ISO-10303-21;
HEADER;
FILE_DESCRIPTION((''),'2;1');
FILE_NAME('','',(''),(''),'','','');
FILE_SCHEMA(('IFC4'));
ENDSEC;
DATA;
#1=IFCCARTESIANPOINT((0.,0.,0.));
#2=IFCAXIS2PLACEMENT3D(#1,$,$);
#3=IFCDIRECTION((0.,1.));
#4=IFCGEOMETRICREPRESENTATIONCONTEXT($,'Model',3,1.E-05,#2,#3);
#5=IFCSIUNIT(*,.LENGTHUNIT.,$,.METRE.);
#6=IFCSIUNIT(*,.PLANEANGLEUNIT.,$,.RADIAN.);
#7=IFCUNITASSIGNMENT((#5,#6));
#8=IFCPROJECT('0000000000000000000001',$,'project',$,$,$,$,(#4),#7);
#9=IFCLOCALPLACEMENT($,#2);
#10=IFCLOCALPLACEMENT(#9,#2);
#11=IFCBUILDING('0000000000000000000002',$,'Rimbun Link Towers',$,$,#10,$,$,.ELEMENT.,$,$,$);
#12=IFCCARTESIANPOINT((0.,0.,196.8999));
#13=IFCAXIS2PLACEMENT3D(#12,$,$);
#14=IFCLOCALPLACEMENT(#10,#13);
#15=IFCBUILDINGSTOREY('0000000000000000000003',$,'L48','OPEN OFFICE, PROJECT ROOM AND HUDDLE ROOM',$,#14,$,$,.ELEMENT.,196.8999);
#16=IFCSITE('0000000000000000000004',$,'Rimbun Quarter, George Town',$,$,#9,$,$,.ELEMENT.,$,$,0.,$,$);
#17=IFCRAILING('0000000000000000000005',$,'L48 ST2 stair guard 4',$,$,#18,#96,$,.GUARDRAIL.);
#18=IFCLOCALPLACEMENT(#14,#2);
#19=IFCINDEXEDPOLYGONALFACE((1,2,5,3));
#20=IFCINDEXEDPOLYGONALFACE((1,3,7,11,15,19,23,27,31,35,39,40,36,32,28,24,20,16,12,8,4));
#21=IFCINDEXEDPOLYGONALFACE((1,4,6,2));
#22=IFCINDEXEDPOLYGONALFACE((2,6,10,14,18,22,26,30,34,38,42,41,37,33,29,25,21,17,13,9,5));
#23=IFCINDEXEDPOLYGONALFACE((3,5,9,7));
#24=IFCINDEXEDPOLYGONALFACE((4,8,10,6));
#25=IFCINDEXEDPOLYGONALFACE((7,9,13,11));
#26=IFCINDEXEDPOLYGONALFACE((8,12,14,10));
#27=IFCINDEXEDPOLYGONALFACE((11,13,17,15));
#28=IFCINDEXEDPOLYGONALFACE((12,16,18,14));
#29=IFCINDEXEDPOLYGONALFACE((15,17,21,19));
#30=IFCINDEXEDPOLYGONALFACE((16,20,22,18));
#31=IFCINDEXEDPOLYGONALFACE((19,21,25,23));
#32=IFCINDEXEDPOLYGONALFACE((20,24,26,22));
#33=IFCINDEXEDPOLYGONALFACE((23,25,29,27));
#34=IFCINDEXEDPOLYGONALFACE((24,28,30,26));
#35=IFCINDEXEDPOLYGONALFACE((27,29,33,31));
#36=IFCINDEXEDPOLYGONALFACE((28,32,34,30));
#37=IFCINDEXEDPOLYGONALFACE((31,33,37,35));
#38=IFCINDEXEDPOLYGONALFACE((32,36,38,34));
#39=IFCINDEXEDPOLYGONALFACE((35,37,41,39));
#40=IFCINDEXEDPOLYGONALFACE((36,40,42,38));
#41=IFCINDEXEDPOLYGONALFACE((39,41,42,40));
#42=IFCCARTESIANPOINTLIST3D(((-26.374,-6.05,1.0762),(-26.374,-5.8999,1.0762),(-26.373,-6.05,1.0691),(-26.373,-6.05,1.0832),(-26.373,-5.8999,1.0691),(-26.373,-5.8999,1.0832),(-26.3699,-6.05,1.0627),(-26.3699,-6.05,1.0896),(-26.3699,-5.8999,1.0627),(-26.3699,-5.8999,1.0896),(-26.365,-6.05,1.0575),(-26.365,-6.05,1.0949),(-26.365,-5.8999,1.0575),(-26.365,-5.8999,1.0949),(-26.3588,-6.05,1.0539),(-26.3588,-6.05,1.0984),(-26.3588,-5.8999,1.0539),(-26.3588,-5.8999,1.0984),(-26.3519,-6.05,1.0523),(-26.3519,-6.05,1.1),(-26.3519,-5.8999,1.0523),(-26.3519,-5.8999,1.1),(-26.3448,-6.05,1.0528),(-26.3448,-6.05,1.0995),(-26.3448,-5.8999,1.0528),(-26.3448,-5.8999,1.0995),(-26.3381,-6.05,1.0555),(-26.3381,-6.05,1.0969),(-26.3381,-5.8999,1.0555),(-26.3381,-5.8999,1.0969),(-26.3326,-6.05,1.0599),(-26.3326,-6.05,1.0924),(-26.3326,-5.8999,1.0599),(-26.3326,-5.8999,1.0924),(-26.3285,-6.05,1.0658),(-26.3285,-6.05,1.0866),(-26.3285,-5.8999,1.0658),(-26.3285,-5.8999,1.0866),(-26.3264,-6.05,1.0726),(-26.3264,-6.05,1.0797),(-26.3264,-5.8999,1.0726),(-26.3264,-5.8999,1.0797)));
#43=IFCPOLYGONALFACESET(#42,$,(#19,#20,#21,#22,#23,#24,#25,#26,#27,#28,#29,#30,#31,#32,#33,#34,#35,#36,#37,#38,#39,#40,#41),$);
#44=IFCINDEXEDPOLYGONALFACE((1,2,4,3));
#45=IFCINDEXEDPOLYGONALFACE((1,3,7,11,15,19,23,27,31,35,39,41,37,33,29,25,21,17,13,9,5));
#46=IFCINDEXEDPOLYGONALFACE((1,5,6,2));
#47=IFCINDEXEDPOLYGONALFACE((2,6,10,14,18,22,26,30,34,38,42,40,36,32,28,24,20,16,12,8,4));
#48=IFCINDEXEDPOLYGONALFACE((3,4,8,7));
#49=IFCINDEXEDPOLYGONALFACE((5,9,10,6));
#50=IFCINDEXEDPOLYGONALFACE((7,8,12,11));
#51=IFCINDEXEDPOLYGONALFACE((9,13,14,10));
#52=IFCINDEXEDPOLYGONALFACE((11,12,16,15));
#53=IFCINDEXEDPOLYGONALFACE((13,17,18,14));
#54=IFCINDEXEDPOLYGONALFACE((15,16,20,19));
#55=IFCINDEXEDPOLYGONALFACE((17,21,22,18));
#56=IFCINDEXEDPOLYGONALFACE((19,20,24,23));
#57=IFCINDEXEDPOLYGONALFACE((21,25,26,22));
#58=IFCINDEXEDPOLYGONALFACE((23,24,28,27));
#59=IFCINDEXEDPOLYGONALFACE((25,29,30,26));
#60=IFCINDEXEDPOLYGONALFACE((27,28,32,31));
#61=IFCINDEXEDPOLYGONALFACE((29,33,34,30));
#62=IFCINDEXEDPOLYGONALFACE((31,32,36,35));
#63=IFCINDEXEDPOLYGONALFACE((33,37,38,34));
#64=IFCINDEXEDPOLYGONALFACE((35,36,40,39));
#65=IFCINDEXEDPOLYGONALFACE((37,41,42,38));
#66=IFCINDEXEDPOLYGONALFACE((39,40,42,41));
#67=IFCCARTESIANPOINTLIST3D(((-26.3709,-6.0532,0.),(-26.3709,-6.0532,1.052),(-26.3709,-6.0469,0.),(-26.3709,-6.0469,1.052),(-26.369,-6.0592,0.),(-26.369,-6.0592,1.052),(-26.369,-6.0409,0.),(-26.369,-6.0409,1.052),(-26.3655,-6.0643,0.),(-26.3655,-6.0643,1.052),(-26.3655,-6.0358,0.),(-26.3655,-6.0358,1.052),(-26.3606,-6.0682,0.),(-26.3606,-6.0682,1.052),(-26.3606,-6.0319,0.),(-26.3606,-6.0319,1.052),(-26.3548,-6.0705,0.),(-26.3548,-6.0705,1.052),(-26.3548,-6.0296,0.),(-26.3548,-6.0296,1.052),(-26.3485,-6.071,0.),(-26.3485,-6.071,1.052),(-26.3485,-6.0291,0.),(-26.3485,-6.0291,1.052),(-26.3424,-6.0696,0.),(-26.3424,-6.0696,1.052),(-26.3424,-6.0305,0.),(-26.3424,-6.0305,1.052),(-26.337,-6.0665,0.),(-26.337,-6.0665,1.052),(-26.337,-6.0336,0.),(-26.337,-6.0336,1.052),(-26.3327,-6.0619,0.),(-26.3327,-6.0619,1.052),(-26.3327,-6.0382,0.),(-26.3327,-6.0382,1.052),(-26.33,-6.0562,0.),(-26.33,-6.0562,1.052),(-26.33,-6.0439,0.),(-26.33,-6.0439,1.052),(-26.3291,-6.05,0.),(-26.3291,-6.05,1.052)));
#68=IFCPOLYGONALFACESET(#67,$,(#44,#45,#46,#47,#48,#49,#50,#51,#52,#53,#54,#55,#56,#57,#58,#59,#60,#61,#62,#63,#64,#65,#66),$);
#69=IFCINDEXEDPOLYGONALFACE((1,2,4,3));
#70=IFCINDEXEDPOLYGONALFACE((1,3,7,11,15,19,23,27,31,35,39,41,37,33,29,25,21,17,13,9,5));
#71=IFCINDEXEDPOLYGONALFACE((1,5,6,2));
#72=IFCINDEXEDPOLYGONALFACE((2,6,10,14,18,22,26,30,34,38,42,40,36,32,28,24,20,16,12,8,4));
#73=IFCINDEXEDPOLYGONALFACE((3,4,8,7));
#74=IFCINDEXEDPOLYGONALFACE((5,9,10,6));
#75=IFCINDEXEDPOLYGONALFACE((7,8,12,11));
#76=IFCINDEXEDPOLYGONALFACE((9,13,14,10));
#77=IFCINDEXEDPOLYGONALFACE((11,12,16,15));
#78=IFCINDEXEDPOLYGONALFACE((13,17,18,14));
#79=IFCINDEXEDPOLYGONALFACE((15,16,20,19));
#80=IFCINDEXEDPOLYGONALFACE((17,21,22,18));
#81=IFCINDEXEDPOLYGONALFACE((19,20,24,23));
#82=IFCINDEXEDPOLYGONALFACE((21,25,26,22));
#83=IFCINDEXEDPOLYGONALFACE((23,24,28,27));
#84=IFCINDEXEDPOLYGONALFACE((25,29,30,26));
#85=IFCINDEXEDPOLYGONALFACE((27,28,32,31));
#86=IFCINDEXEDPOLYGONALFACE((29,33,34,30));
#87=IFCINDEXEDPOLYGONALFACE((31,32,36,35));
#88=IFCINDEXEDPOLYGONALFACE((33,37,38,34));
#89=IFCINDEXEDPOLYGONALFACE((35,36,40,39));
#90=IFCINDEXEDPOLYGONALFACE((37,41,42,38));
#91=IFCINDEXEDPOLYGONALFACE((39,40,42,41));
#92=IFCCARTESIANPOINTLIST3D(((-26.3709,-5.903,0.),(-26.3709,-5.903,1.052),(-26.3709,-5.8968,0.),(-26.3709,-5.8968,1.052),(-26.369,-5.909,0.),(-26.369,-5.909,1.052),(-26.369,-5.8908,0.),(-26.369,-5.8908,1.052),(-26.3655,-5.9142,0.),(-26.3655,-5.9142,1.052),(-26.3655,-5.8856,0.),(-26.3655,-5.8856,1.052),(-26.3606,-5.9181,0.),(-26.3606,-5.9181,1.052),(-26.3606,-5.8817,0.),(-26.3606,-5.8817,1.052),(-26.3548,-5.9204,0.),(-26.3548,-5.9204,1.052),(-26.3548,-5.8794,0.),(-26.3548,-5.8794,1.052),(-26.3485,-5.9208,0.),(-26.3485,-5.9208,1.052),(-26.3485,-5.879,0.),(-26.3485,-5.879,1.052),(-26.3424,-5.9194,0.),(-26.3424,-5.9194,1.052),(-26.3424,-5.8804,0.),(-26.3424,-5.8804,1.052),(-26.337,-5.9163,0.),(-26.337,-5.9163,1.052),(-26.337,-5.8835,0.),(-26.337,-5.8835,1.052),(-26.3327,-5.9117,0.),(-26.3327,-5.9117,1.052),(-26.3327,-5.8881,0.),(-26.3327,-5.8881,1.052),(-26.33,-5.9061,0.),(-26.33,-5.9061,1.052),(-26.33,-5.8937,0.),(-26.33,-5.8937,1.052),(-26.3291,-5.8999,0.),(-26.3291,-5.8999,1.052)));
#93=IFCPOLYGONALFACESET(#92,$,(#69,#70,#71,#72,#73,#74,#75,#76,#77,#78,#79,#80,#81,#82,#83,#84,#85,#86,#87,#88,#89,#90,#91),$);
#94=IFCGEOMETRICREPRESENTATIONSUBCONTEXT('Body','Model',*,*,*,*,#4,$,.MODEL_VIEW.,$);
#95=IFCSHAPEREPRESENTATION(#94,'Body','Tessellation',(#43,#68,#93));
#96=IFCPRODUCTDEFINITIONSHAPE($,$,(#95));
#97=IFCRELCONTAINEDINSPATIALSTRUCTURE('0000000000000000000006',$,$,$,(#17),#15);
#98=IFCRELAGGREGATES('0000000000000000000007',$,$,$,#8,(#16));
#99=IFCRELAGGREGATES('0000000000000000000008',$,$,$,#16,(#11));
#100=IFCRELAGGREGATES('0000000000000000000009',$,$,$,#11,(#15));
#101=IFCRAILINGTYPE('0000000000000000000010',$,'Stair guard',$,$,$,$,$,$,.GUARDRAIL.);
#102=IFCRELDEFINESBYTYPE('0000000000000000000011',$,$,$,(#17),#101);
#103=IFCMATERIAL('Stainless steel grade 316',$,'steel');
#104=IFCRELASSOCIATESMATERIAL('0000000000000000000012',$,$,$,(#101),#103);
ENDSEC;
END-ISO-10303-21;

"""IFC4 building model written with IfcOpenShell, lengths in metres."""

from ifc_helpers import new_model, si_unit, direction, frame, origin, origin_2d, place, context, subcontext, project, spatial, circle, extrude, material, type_object, element, save


model = new_model("IFC4")

# Units and contexts
model_context = context("Model", 3, precision=1e-05, world=origin(), true_north=direction((0.0, 1.0)))
body_context = subcontext(model_context, "Body", "Model", "MODEL_VIEW")
ifc_project = project(units=[si_unit("LENGTHUNIT", "METRE"), si_unit("PLANEANGLEUNIT", "RADIAN")], contexts=[model_context])

# Site, building, storey
site_placement = place(None, origin())
site = spatial("IfcSite", under=ifc_project, at=site_placement, Name="Rimbun Quarter, George Town", CompositionType="ELEMENT", RefElevation=0.0)
building_placement = place(site_placement, origin())
building = spatial("IfcBuilding", under=site, at=building_placement, Name="Rimbun Link Towers", CompositionType="ELEMENT")
storey_placement = place(building_placement, frame((0.0, 0.0, 196.8999)))
storey = spatial("IfcBuildingStorey", under=building, at=storey_placement, Name="L48", Description="OPEN OFFICE, PROJECT ROOM AND HUDDLE ROOM", CompositionType="ELEMENT", Elevation=196.8999)

# Railing
ifc_material_1 = material(Name="Stainless steel grade 316", Category="steel")
railing_type_1 = type_object("IfcRailingType", Name="Stair guard", PredefinedType="GUARDRAIL", material=ifc_material_1)
railing_1_placement = place(storey_placement, frame((-26.3501, -6.05, 0.0)))
element("IfcRailing", 1, at=railing_1_placement, inside=storey, type_object=railing_type_1, Name="L48 ST2 stair guard 4", PredefinedType="GUARDRAIL", context=body_context, shape_type="SweptSolid", body=[
    extrude(circle(Radius=0.0239, at=origin_2d()), frame((0.0, 0.0, 1.0762), z_axis=(0.0, 1.0, 0.0), x_axis=(-1.0, 0.0, 0.0)), (0.0, 0.0, 1.0), 0.1501),
    extrude(circle(Radius=0.021, at=origin_2d()), origin(), (0.0, 0.0, 1.0), 1.052),
    extrude(circle(Radius=0.021, at=origin_2d()), frame((0.0, 0.1501, 0.0)), (0.0, 0.0, 1.0), 1.052),
])

save(model, "model.ifc")
